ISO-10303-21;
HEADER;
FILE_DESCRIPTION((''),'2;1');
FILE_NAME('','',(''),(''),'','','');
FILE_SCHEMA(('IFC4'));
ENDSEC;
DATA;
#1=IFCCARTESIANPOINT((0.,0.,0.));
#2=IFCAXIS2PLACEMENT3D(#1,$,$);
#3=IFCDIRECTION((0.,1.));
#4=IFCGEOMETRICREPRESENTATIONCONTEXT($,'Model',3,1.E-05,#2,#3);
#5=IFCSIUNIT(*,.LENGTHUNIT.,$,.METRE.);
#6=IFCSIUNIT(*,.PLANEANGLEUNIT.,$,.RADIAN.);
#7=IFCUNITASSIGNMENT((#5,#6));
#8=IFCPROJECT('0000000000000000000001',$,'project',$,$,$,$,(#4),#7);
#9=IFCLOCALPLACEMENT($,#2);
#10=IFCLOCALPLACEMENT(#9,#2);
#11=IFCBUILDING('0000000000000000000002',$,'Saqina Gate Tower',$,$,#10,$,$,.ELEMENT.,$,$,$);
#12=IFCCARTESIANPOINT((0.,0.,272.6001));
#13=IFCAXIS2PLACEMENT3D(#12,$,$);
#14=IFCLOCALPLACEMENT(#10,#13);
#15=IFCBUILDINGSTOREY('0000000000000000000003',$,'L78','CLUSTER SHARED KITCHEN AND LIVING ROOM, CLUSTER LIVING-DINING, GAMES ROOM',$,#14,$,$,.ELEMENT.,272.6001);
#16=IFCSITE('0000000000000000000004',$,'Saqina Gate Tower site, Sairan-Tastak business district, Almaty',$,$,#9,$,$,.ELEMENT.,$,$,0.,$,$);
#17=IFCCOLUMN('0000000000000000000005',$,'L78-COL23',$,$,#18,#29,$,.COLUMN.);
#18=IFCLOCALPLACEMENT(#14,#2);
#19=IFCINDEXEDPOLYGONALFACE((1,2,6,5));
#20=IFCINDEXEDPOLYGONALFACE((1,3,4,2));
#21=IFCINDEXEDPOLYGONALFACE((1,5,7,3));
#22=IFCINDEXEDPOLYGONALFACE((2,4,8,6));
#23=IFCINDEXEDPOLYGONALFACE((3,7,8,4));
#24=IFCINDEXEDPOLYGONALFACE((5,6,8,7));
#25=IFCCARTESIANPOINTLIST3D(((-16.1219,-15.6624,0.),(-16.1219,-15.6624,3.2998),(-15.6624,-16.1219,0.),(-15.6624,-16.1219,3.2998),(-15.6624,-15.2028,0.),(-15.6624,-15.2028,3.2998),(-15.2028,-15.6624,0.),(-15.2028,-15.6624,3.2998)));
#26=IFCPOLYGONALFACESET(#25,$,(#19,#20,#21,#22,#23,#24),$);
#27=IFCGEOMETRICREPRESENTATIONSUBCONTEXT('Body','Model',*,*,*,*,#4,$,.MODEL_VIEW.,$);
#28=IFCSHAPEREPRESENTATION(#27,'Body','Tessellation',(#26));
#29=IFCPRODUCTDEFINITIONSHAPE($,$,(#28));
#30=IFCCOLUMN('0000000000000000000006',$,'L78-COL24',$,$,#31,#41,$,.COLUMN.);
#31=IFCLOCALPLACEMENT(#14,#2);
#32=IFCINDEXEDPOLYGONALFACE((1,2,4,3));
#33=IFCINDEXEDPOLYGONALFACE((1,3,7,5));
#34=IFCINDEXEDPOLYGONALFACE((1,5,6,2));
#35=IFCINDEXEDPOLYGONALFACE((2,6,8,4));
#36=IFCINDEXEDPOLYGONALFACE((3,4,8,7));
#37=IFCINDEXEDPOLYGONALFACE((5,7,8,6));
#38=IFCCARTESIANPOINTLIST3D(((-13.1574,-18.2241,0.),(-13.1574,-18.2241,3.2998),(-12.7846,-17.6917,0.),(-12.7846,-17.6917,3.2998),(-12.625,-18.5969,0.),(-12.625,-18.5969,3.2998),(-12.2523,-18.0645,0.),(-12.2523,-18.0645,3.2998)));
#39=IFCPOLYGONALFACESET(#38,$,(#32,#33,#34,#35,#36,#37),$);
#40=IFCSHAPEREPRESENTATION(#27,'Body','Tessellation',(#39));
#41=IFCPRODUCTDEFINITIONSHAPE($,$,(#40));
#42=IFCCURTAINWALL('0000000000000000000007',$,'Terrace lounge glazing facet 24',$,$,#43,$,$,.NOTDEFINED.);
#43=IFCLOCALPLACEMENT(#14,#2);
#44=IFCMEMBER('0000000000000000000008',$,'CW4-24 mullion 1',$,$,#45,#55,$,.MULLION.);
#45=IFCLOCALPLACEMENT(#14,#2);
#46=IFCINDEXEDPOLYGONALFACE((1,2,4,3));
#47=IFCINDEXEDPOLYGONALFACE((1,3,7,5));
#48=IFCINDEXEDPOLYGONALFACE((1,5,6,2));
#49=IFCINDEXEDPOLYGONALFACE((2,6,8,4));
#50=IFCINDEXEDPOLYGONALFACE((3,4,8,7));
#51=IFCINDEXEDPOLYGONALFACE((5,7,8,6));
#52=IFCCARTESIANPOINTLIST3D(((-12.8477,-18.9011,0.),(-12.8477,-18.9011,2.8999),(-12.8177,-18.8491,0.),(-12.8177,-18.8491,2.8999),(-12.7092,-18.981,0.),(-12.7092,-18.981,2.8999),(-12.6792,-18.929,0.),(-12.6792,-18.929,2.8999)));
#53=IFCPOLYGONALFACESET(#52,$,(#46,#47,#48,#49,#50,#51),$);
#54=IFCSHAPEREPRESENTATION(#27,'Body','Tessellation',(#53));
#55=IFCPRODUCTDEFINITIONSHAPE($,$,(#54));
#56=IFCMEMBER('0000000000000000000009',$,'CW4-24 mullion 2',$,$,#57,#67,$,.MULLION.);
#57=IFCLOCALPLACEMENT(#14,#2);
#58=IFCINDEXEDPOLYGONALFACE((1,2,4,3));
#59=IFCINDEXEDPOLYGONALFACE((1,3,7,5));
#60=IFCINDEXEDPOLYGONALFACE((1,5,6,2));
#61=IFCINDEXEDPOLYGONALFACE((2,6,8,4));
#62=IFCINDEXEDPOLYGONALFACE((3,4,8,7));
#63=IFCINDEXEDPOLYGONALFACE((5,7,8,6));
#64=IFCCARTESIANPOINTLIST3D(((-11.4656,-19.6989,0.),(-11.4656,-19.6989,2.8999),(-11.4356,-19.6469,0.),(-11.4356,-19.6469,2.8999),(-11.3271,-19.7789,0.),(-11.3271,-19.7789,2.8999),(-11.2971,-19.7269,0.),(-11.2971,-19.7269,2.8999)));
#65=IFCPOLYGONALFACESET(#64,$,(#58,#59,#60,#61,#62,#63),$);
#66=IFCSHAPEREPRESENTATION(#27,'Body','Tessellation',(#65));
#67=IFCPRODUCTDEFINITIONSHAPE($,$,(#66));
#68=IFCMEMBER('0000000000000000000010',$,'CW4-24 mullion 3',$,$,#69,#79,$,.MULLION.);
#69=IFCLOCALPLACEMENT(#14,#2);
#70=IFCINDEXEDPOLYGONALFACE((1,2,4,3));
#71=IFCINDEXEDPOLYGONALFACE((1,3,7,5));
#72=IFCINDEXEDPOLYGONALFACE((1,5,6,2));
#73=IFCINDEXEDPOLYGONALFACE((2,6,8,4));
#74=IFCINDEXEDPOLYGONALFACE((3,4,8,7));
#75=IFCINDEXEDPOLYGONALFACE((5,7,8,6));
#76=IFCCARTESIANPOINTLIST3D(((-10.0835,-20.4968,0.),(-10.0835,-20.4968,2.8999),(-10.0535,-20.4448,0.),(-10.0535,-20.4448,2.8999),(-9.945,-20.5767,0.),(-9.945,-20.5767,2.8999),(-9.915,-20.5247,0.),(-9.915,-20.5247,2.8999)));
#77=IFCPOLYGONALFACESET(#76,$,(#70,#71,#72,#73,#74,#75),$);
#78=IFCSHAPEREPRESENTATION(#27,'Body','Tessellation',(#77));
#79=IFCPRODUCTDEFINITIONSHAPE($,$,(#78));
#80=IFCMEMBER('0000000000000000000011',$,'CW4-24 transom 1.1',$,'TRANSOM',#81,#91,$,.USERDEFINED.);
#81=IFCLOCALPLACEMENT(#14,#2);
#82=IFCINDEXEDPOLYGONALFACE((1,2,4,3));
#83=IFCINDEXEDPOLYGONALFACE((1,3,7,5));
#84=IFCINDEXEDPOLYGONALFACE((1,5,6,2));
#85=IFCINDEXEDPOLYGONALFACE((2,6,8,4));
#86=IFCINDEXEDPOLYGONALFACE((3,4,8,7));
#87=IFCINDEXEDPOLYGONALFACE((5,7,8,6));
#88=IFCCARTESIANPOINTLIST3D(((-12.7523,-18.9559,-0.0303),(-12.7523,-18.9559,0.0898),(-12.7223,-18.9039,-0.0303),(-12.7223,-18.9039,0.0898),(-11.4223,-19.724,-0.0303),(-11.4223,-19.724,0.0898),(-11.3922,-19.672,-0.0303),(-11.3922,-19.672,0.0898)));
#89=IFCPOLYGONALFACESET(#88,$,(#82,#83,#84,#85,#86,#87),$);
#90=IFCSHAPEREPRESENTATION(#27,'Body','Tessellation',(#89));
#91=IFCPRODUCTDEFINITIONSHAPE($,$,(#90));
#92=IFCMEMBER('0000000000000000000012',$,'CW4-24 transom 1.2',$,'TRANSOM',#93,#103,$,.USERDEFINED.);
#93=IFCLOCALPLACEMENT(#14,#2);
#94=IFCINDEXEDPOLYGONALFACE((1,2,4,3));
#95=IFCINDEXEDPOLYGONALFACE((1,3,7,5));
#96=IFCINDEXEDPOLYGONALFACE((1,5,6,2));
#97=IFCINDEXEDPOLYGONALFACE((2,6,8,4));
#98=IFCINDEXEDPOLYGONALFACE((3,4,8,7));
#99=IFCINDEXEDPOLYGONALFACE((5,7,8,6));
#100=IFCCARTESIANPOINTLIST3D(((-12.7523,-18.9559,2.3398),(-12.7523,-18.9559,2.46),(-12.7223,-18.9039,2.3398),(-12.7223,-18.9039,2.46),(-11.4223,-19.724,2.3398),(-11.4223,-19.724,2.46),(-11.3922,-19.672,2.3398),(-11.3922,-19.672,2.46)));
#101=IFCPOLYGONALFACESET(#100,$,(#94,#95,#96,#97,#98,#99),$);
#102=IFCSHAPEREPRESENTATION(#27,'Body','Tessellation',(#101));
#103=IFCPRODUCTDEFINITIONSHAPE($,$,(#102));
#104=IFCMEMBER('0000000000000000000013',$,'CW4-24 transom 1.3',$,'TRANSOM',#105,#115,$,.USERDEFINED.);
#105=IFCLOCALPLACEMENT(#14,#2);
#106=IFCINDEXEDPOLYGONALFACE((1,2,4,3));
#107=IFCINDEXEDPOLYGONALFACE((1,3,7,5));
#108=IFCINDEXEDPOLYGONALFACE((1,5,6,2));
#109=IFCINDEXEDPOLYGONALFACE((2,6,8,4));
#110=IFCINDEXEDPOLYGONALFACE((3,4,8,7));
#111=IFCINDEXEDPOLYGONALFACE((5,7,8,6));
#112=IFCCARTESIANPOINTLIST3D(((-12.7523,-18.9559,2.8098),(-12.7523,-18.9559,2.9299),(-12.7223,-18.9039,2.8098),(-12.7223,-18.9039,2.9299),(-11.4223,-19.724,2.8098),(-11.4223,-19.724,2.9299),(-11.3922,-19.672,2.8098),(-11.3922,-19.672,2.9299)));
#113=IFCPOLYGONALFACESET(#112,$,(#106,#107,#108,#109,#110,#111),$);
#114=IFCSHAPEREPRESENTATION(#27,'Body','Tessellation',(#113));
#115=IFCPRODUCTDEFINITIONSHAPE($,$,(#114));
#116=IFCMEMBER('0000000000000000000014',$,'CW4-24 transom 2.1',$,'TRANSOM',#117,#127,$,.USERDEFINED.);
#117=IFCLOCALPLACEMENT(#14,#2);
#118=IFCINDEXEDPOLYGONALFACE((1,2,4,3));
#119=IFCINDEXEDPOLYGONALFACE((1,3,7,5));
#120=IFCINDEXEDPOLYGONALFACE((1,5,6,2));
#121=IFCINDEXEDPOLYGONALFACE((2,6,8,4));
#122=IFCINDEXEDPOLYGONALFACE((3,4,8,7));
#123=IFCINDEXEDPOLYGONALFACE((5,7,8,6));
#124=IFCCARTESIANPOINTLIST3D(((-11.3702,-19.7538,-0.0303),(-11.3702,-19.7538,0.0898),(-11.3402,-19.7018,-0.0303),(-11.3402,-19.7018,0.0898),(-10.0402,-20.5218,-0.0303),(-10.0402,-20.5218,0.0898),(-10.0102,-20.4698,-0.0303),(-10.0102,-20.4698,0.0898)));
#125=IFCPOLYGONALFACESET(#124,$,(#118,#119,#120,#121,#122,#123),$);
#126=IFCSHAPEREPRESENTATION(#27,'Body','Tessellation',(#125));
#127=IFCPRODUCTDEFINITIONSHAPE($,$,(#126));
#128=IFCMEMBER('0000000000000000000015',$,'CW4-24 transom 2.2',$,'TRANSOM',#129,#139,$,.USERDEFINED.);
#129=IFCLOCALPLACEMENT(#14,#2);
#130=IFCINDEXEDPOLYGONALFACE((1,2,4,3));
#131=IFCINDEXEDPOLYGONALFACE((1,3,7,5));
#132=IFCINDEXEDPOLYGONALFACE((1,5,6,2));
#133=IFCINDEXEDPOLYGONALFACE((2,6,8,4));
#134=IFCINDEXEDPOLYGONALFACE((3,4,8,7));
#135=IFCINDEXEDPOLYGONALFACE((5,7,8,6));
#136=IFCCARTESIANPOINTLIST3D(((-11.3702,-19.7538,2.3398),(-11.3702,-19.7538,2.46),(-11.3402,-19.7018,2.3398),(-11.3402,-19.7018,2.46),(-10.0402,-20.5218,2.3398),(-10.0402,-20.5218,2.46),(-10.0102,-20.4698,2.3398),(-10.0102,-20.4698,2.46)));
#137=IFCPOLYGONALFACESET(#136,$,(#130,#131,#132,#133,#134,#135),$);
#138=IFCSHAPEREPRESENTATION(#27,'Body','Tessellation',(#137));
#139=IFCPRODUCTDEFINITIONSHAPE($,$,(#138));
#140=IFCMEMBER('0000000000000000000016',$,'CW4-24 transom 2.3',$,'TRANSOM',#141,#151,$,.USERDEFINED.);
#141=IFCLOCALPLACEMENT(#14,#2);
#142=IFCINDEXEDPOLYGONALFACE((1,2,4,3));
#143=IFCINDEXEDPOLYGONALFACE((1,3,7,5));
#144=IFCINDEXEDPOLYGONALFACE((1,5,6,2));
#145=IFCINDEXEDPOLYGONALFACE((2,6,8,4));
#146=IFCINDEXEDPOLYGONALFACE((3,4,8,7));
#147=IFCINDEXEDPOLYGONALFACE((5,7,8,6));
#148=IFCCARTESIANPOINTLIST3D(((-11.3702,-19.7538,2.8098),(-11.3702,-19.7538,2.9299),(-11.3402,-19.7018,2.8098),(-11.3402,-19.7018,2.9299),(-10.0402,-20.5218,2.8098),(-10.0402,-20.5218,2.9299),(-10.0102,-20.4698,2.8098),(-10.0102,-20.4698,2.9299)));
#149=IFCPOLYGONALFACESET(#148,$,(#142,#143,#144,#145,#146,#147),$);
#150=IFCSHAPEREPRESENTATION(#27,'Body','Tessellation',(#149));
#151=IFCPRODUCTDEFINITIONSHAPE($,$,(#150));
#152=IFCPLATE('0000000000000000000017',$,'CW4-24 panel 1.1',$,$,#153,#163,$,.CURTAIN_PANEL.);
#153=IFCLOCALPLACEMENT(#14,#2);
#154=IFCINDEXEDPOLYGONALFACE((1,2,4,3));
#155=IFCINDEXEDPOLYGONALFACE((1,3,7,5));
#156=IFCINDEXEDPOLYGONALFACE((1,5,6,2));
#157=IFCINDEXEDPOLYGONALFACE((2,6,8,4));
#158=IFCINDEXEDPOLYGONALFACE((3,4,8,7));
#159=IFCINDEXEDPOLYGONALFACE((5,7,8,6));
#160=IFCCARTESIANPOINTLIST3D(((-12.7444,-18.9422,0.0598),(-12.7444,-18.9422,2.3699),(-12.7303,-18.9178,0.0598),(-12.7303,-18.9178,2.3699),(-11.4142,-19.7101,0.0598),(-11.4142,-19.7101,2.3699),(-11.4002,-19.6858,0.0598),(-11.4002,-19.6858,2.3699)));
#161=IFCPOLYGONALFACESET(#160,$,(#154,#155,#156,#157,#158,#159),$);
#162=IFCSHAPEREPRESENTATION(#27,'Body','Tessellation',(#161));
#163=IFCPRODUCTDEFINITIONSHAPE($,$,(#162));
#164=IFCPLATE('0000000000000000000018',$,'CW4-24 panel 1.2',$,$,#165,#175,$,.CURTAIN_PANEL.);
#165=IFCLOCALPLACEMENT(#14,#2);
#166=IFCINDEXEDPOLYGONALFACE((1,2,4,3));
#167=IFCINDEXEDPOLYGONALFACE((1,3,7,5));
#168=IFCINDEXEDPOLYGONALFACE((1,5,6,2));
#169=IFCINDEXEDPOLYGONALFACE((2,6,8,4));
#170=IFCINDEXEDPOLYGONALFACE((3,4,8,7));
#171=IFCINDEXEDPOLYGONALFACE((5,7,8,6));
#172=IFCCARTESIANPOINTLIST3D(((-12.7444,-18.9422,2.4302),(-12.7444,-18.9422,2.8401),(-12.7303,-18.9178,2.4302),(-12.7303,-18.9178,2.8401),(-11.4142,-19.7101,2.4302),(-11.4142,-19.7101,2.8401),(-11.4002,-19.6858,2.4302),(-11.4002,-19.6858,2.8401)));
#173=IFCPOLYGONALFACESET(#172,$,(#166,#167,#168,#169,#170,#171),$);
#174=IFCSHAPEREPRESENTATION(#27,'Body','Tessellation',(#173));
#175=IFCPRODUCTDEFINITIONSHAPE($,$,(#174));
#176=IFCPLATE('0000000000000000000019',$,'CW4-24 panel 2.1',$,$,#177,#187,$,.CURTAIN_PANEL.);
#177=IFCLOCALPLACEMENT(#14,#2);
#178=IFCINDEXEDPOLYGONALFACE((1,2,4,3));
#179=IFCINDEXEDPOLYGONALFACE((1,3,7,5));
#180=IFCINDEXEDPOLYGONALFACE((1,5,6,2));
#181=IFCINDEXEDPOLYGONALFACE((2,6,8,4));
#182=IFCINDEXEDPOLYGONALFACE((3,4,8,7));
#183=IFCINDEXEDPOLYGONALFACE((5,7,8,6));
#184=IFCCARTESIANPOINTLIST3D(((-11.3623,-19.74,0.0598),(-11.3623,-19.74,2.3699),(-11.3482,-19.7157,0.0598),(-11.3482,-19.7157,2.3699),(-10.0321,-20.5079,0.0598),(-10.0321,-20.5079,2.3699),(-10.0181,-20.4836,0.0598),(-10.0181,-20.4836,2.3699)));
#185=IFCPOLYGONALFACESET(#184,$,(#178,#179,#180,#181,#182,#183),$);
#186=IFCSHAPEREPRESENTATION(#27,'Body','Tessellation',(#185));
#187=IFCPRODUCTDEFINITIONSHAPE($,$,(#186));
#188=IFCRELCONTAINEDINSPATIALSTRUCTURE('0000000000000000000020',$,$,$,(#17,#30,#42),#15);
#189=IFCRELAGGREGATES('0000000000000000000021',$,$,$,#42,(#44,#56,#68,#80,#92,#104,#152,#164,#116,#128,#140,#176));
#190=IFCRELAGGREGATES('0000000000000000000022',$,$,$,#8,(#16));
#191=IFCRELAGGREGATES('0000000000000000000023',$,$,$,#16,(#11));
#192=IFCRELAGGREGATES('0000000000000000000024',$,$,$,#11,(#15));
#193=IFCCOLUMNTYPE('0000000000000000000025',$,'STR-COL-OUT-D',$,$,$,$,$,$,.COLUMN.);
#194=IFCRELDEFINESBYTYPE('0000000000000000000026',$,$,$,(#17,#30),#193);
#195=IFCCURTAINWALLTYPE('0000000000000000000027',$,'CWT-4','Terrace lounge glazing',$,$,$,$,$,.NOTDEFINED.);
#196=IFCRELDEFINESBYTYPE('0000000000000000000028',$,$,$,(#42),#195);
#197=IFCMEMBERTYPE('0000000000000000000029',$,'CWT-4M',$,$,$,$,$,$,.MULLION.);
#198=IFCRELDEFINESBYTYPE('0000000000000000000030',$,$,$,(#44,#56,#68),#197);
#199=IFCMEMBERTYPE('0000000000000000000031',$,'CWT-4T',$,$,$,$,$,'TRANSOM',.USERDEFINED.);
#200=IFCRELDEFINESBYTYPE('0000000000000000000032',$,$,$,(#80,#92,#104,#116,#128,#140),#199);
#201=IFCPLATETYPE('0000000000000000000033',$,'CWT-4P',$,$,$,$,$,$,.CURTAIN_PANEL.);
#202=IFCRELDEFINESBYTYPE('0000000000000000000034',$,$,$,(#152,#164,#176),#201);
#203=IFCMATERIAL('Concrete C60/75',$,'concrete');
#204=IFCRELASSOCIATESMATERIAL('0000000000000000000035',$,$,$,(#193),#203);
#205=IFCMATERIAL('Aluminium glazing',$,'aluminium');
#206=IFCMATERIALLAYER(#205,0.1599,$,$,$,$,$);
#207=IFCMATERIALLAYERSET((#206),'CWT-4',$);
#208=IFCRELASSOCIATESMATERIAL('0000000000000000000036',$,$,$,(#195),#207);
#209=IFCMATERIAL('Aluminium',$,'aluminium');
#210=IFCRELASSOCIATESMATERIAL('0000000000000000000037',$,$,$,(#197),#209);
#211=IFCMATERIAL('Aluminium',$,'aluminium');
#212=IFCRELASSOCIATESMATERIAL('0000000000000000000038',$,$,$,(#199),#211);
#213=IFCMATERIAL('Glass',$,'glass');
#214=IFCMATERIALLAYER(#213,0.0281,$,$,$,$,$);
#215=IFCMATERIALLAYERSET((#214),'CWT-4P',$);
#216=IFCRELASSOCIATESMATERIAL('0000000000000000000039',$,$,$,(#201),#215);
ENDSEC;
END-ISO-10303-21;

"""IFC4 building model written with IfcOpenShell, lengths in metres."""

from ifc_helpers import new_model, si_unit, direction, frame, origin, origin_2d, place, context, subcontext, project, spatial, rectangle, extrude, material, layer, layer_set, material_profile, profile_set, type_object, element, aggregate, save


model = new_model("IFC4")

# Units and contexts
model_context = context("Model", 3, precision=1e-05, world=origin(), true_north=direction((0.0, 1.0)))
body_context = subcontext(model_context, "Body", "Model", "MODEL_VIEW")
ifc_project = project(units=[si_unit("LENGTHUNIT", "METRE"), si_unit("PLANEANGLEUNIT", "RADIAN")], contexts=[model_context])

# Site, building, storey
site_placement = place(None, origin())
site = spatial("IfcSite", under=ifc_project, at=site_placement, Name="Saqina Gate Tower site, Sairan-Tastak business district, Almaty", CompositionType="ELEMENT", RefElevation=0.0)
building_placement = place(site_placement, origin())
building = spatial("IfcBuilding", under=site, at=building_placement, Name="Saqina Gate Tower", CompositionType="ELEMENT")
storey_placement = place(building_placement, frame((0.0, 0.0, 272.6001)))
storey = spatial("IfcBuildingStorey", under=building, at=storey_placement, Name="L78", Description="CLUSTER SHARED KITCHEN AND LIVING ROOM, CLUSTER LIVING-DINING, GAMES ROOM", CompositionType="ELEMENT", Elevation=272.6001)

# Columns
ifc_material_1 = material(Name="Concrete C60/75", Category="concrete")
ifc_material_profile_1 = material_profile(ifc_material_1, rectangle(XDim=0.6499, YDim=0.6499, at=origin_2d()), Name="RC 650x650")
ifc_profile_set_1 = profile_set([ifc_material_profile_1], Name="Concrete C60/75")
column_type = type_object("IfcColumnType", Name="STR-COL-OUT-D", PredefinedType="COLUMN", material=ifc_profile_set_1)
for number, where, z_axis, x_axis, name in (
    (1, (-15.6624, -15.6624, 0.0), (0.0, 0.0, 1.0), (-0.707107, -0.707107, 0.0), "L78-COL23"),
    (2, (-12.7048, -18.1443, 0.0), (0.0, 0.0, 1.0), (-0.573576, -0.819152, 0.0), "L78-COL24"),
):
    element("IfcColumn", number, at=place(storey_placement, frame(where, z_axis=z_axis, x_axis=x_axis)), inside=storey, type_object=column_type, Name=name, PredefinedType="COLUMN", context=body_context, shape_type="SweptSolid", body=[
        extrude(rectangle(XDim=0.6499, YDim=0.6499, at=origin_2d()), origin(), (0.0, 0.0, 1.0), 3.2998),
    ])

# Curtain wall, members, plates
ifc_material_2 = material(Name="Aluminium glazing", Category="aluminium")
ifc_layer_1 = layer(ifc_material_2, 0.1599)
ifc_layer_set_1 = layer_set([ifc_layer_1], Name="CWT-4")
curtain_wall_type = type_object("IfcCurtainWallType", Name="CWT-4", Description="Terrace lounge glazing", PredefinedType="NOTDEFINED", material=ifc_layer_set_1)
curtain_wall_placement = place(storey_placement, origin())
curtain_wall = element("IfcCurtainWall", 3, at=curtain_wall_placement, inside=storey, type_object=curtain_wall_type, Name="Terrace lounge glazing facet 24", PredefinedType="NOTDEFINED")
ifc_material_3 = material(Name="Aluminium", Category="aluminium")
ifc_material_profile_2 = material_profile(ifc_material_3, rectangle(XDim=0.0601, YDim=0.1599, at=origin_2d()), Name="Aluminium 60x160")
ifc_profile_set_2 = profile_set([ifc_material_profile_2], Name="Aluminium")
member_type_1 = type_object("IfcMemberType", Name="CWT-4M", PredefinedType="MULLION", material=ifc_profile_set_2)
member_1_placement = place(storey_placement, frame((-12.7634, -18.915, 0.0), z_axis=(0.0, 0.0, 1.0), x_axis=(0.499982, 0.866036, 0.0)))
member_1 = element("IfcMember", 4, at=member_1_placement, type_object=member_type_1, Name="CW4-24 mullion 1", PredefinedType="MULLION", context=body_context, shape_type="SweptSolid", body=[
    extrude(rectangle(XDim=0.0601, YDim=0.1599, at=origin_2d()), origin(), (0.0, 0.0, 1.0), 2.8999),
])
member_2_placement = place(storey_placement, frame((-11.3813, -19.7129, 0.0), z_axis=(0.0, 0.0, 1.0), x_axis=(0.499982, 0.866036, 0.0)))
member_2 = element("IfcMember", 5, at=member_2_placement, type_object=member_type_1, Name="CW4-24 mullion 2", PredefinedType="MULLION", context=body_context, shape_type="SweptSolid", body=[
    extrude(rectangle(XDim=0.0601, YDim=0.1599, at=origin_2d()), origin(), (0.0, 0.0, 1.0), 2.8999),
])
member_3_placement = place(storey_placement, frame((-9.9993, -20.5107, 0.0), z_axis=(0.0, 0.0, 1.0), x_axis=(0.499982, 0.866036, 0.0)))
member_3 = element("IfcMember", 6, at=member_3_placement, type_object=member_type_1, Name="CW4-24 mullion 3", PredefinedType="MULLION", context=body_context, shape_type="SweptSolid", body=[
    extrude(rectangle(XDim=0.0601, YDim=0.1599, at=origin_2d()), origin(), (0.0, 0.0, 1.0), 2.8999),
])
ifc_material_4 = material(Name="Aluminium", Category="aluminium")
ifc_material_profile_3 = material_profile(ifc_material_4, rectangle(XDim=0.0601, YDim=0.1201, at=origin_2d()), Name="Aluminium 60x120")
ifc_profile_set_3 = profile_set([ifc_material_profile_3], Name="Aluminium")
member_type_2 = type_object("IfcMemberType", Name="CWT-4T", ElementType="TRANSOM", PredefinedType="USERDEFINED", material=ifc_profile_set_3)
member_4_placement = place(storey_placement, frame((-12.7373, -18.9299, 0.0298), z_axis=(0.865984, -0.500071, 0.0), x_axis=(0.500071, 0.865984, 0.0)))
member_4 = element("IfcMember", 7, at=member_4_placement, type_object=member_type_2, Name="CW4-24 transom 1.1", ObjectType="TRANSOM", PredefinedType="USERDEFINED", context=body_context, shape_type="SweptSolid", body=[
    extrude(rectangle(XDim=0.0601, YDim=0.1201, at=origin_2d()), origin(), (0.0, 0.0, 1.0), 1.5359),
])
member_5_placement = place(storey_placement, frame((-12.7373, -18.9299, 2.3999), z_axis=(0.865984, -0.500071, 0.0), x_axis=(0.500071, 0.865984, 0.0)))
member_5 = element("IfcMember", 8, at=member_5_placement, type_object=member_type_2, Name="CW4-24 transom 1.2", ObjectType="TRANSOM", PredefinedType="USERDEFINED", context=body_context, shape_type="SweptSolid", body=[
    extrude(rectangle(XDim=0.0601, YDim=0.1201, at=origin_2d()), origin(), (0.0, 0.0, 1.0), 1.5359),
])
member_6_placement = place(storey_placement, frame((-12.7373, -18.9299, 2.8699), z_axis=(0.865984, -0.500071, 0.0), x_axis=(0.500071, 0.865984, 0.0)))
member_6 = element("IfcMember", 9, at=member_6_placement, type_object=member_type_2, Name="CW4-24 transom 1.3", ObjectType="TRANSOM", PredefinedType="USERDEFINED", context=body_context, shape_type="SweptSolid", body=[
    extrude(rectangle(XDim=0.0601, YDim=0.1201, at=origin_2d()), origin(), (0.0, 0.0, 1.0), 1.5359),
])
member_7_placement = place(storey_placement, frame((-11.3552, -19.7278, 0.0298), z_axis=(0.865984, -0.500071, 0.0), x_axis=(0.500071, 0.865984, 0.0)))
member_7 = element("IfcMember", 10, at=member_7_placement, type_object=member_type_2, Name="CW4-24 transom 2.1", ObjectType="TRANSOM", PredefinedType="USERDEFINED", context=body_context, shape_type="SweptSolid", body=[
    extrude(rectangle(XDim=0.0601, YDim=0.1201, at=origin_2d()), origin(), (0.0, 0.0, 1.0), 1.5359),
])
member_8_placement = place(storey_placement, frame((-11.3552, -19.7278, 2.3999), z_axis=(0.865984, -0.500071, 0.0), x_axis=(0.500071, 0.865984, 0.0)))
member_8 = element("IfcMember", 11, at=member_8_placement, type_object=member_type_2, Name="CW4-24 transom 2.2", ObjectType="TRANSOM", PredefinedType="USERDEFINED", context=body_context, shape_type="SweptSolid", body=[
    extrude(rectangle(XDim=0.0601, YDim=0.1201, at=origin_2d()), origin(), (0.0, 0.0, 1.0), 1.5359),
])
member_9_placement = place(storey_placement, frame((-11.3552, -19.7278, 2.8699), z_axis=(0.865984, -0.500071, 0.0), x_axis=(0.500071, 0.865984, 0.0)))
member_9 = element("IfcMember", 12, at=member_9_placement, type_object=member_type_2, Name="CW4-24 transom 2.3", ObjectType="TRANSOM", PredefinedType="USERDEFINED", context=body_context, shape_type="SweptSolid", body=[
    extrude(rectangle(XDim=0.0601, YDim=0.1201, at=origin_2d()), origin(), (0.0, 0.0, 1.0), 1.5359),
])
ifc_material_5 = material(Name="Glass", Category="glass")
ifc_layer_2 = layer(ifc_material_5, 0.0281)
ifc_layer_set_2 = layer_set([ifc_layer_2], Name="CWT-4P")
plate_type = type_object("IfcPlateType", Name="CWT-4P", PredefinedType="CURTAIN_PANEL", material=ifc_layer_set_2)
plate_1_placement = place(storey_placement, frame((-12.0723, -19.314, 0.0598), z_axis=(0.0, 0.0, 1.0), x_axis=(0.866036, -0.499982, 0.0)))
plate_1 = element("IfcPlate", 13, at=plate_1_placement, type_object=plate_type, Name="CW4-24 panel 1.1", PredefinedType="CURTAIN_PANEL", context=body_context, shape_type="SweptSolid", body=[
    extrude(rectangle(XDim=1.5359, YDim=0.0281, at=origin_2d()), origin(), (0.0, 0.0, 1.0), 2.3101),
])
plate_2_placement = place(storey_placement, frame((-12.0723, -19.314, 2.4302), z_axis=(0.0, 0.0, 1.0), x_axis=(0.866036, -0.499982, 0.0)))
plate_2 = element("IfcPlate", 14, at=plate_2_placement, type_object=plate_type, Name="CW4-24 panel 1.2", PredefinedType="CURTAIN_PANEL", context=body_context, shape_type="SweptSolid", body=[
    extrude(rectangle(XDim=1.5359, YDim=0.0281, at=origin_2d()), origin(), (0.0, 0.0, 1.0), 0.4099),
])
plate_3_placement = place(storey_placement, frame((-10.6902, -20.1118, 0.0598), z_axis=(0.0, 0.0, 1.0), x_axis=(0.866036, -0.499982, 0.0)))
plate_3 = element("IfcPlate", 15, at=plate_3_placement, type_object=plate_type, Name="CW4-24 panel 2.1", PredefinedType="CURTAIN_PANEL", context=body_context, shape_type="SweptSolid", body=[
    extrude(rectangle(XDim=1.5359, YDim=0.0281, at=origin_2d()), origin(), (0.0, 0.0, 1.0), 2.3101),
])
aggregate(curtain_wall, [member_1, member_2, member_3, member_4, member_5, member_6, plate_1, plate_2, member_7, member_8, member_9, plate_3])

save(model, "model.ifc")
